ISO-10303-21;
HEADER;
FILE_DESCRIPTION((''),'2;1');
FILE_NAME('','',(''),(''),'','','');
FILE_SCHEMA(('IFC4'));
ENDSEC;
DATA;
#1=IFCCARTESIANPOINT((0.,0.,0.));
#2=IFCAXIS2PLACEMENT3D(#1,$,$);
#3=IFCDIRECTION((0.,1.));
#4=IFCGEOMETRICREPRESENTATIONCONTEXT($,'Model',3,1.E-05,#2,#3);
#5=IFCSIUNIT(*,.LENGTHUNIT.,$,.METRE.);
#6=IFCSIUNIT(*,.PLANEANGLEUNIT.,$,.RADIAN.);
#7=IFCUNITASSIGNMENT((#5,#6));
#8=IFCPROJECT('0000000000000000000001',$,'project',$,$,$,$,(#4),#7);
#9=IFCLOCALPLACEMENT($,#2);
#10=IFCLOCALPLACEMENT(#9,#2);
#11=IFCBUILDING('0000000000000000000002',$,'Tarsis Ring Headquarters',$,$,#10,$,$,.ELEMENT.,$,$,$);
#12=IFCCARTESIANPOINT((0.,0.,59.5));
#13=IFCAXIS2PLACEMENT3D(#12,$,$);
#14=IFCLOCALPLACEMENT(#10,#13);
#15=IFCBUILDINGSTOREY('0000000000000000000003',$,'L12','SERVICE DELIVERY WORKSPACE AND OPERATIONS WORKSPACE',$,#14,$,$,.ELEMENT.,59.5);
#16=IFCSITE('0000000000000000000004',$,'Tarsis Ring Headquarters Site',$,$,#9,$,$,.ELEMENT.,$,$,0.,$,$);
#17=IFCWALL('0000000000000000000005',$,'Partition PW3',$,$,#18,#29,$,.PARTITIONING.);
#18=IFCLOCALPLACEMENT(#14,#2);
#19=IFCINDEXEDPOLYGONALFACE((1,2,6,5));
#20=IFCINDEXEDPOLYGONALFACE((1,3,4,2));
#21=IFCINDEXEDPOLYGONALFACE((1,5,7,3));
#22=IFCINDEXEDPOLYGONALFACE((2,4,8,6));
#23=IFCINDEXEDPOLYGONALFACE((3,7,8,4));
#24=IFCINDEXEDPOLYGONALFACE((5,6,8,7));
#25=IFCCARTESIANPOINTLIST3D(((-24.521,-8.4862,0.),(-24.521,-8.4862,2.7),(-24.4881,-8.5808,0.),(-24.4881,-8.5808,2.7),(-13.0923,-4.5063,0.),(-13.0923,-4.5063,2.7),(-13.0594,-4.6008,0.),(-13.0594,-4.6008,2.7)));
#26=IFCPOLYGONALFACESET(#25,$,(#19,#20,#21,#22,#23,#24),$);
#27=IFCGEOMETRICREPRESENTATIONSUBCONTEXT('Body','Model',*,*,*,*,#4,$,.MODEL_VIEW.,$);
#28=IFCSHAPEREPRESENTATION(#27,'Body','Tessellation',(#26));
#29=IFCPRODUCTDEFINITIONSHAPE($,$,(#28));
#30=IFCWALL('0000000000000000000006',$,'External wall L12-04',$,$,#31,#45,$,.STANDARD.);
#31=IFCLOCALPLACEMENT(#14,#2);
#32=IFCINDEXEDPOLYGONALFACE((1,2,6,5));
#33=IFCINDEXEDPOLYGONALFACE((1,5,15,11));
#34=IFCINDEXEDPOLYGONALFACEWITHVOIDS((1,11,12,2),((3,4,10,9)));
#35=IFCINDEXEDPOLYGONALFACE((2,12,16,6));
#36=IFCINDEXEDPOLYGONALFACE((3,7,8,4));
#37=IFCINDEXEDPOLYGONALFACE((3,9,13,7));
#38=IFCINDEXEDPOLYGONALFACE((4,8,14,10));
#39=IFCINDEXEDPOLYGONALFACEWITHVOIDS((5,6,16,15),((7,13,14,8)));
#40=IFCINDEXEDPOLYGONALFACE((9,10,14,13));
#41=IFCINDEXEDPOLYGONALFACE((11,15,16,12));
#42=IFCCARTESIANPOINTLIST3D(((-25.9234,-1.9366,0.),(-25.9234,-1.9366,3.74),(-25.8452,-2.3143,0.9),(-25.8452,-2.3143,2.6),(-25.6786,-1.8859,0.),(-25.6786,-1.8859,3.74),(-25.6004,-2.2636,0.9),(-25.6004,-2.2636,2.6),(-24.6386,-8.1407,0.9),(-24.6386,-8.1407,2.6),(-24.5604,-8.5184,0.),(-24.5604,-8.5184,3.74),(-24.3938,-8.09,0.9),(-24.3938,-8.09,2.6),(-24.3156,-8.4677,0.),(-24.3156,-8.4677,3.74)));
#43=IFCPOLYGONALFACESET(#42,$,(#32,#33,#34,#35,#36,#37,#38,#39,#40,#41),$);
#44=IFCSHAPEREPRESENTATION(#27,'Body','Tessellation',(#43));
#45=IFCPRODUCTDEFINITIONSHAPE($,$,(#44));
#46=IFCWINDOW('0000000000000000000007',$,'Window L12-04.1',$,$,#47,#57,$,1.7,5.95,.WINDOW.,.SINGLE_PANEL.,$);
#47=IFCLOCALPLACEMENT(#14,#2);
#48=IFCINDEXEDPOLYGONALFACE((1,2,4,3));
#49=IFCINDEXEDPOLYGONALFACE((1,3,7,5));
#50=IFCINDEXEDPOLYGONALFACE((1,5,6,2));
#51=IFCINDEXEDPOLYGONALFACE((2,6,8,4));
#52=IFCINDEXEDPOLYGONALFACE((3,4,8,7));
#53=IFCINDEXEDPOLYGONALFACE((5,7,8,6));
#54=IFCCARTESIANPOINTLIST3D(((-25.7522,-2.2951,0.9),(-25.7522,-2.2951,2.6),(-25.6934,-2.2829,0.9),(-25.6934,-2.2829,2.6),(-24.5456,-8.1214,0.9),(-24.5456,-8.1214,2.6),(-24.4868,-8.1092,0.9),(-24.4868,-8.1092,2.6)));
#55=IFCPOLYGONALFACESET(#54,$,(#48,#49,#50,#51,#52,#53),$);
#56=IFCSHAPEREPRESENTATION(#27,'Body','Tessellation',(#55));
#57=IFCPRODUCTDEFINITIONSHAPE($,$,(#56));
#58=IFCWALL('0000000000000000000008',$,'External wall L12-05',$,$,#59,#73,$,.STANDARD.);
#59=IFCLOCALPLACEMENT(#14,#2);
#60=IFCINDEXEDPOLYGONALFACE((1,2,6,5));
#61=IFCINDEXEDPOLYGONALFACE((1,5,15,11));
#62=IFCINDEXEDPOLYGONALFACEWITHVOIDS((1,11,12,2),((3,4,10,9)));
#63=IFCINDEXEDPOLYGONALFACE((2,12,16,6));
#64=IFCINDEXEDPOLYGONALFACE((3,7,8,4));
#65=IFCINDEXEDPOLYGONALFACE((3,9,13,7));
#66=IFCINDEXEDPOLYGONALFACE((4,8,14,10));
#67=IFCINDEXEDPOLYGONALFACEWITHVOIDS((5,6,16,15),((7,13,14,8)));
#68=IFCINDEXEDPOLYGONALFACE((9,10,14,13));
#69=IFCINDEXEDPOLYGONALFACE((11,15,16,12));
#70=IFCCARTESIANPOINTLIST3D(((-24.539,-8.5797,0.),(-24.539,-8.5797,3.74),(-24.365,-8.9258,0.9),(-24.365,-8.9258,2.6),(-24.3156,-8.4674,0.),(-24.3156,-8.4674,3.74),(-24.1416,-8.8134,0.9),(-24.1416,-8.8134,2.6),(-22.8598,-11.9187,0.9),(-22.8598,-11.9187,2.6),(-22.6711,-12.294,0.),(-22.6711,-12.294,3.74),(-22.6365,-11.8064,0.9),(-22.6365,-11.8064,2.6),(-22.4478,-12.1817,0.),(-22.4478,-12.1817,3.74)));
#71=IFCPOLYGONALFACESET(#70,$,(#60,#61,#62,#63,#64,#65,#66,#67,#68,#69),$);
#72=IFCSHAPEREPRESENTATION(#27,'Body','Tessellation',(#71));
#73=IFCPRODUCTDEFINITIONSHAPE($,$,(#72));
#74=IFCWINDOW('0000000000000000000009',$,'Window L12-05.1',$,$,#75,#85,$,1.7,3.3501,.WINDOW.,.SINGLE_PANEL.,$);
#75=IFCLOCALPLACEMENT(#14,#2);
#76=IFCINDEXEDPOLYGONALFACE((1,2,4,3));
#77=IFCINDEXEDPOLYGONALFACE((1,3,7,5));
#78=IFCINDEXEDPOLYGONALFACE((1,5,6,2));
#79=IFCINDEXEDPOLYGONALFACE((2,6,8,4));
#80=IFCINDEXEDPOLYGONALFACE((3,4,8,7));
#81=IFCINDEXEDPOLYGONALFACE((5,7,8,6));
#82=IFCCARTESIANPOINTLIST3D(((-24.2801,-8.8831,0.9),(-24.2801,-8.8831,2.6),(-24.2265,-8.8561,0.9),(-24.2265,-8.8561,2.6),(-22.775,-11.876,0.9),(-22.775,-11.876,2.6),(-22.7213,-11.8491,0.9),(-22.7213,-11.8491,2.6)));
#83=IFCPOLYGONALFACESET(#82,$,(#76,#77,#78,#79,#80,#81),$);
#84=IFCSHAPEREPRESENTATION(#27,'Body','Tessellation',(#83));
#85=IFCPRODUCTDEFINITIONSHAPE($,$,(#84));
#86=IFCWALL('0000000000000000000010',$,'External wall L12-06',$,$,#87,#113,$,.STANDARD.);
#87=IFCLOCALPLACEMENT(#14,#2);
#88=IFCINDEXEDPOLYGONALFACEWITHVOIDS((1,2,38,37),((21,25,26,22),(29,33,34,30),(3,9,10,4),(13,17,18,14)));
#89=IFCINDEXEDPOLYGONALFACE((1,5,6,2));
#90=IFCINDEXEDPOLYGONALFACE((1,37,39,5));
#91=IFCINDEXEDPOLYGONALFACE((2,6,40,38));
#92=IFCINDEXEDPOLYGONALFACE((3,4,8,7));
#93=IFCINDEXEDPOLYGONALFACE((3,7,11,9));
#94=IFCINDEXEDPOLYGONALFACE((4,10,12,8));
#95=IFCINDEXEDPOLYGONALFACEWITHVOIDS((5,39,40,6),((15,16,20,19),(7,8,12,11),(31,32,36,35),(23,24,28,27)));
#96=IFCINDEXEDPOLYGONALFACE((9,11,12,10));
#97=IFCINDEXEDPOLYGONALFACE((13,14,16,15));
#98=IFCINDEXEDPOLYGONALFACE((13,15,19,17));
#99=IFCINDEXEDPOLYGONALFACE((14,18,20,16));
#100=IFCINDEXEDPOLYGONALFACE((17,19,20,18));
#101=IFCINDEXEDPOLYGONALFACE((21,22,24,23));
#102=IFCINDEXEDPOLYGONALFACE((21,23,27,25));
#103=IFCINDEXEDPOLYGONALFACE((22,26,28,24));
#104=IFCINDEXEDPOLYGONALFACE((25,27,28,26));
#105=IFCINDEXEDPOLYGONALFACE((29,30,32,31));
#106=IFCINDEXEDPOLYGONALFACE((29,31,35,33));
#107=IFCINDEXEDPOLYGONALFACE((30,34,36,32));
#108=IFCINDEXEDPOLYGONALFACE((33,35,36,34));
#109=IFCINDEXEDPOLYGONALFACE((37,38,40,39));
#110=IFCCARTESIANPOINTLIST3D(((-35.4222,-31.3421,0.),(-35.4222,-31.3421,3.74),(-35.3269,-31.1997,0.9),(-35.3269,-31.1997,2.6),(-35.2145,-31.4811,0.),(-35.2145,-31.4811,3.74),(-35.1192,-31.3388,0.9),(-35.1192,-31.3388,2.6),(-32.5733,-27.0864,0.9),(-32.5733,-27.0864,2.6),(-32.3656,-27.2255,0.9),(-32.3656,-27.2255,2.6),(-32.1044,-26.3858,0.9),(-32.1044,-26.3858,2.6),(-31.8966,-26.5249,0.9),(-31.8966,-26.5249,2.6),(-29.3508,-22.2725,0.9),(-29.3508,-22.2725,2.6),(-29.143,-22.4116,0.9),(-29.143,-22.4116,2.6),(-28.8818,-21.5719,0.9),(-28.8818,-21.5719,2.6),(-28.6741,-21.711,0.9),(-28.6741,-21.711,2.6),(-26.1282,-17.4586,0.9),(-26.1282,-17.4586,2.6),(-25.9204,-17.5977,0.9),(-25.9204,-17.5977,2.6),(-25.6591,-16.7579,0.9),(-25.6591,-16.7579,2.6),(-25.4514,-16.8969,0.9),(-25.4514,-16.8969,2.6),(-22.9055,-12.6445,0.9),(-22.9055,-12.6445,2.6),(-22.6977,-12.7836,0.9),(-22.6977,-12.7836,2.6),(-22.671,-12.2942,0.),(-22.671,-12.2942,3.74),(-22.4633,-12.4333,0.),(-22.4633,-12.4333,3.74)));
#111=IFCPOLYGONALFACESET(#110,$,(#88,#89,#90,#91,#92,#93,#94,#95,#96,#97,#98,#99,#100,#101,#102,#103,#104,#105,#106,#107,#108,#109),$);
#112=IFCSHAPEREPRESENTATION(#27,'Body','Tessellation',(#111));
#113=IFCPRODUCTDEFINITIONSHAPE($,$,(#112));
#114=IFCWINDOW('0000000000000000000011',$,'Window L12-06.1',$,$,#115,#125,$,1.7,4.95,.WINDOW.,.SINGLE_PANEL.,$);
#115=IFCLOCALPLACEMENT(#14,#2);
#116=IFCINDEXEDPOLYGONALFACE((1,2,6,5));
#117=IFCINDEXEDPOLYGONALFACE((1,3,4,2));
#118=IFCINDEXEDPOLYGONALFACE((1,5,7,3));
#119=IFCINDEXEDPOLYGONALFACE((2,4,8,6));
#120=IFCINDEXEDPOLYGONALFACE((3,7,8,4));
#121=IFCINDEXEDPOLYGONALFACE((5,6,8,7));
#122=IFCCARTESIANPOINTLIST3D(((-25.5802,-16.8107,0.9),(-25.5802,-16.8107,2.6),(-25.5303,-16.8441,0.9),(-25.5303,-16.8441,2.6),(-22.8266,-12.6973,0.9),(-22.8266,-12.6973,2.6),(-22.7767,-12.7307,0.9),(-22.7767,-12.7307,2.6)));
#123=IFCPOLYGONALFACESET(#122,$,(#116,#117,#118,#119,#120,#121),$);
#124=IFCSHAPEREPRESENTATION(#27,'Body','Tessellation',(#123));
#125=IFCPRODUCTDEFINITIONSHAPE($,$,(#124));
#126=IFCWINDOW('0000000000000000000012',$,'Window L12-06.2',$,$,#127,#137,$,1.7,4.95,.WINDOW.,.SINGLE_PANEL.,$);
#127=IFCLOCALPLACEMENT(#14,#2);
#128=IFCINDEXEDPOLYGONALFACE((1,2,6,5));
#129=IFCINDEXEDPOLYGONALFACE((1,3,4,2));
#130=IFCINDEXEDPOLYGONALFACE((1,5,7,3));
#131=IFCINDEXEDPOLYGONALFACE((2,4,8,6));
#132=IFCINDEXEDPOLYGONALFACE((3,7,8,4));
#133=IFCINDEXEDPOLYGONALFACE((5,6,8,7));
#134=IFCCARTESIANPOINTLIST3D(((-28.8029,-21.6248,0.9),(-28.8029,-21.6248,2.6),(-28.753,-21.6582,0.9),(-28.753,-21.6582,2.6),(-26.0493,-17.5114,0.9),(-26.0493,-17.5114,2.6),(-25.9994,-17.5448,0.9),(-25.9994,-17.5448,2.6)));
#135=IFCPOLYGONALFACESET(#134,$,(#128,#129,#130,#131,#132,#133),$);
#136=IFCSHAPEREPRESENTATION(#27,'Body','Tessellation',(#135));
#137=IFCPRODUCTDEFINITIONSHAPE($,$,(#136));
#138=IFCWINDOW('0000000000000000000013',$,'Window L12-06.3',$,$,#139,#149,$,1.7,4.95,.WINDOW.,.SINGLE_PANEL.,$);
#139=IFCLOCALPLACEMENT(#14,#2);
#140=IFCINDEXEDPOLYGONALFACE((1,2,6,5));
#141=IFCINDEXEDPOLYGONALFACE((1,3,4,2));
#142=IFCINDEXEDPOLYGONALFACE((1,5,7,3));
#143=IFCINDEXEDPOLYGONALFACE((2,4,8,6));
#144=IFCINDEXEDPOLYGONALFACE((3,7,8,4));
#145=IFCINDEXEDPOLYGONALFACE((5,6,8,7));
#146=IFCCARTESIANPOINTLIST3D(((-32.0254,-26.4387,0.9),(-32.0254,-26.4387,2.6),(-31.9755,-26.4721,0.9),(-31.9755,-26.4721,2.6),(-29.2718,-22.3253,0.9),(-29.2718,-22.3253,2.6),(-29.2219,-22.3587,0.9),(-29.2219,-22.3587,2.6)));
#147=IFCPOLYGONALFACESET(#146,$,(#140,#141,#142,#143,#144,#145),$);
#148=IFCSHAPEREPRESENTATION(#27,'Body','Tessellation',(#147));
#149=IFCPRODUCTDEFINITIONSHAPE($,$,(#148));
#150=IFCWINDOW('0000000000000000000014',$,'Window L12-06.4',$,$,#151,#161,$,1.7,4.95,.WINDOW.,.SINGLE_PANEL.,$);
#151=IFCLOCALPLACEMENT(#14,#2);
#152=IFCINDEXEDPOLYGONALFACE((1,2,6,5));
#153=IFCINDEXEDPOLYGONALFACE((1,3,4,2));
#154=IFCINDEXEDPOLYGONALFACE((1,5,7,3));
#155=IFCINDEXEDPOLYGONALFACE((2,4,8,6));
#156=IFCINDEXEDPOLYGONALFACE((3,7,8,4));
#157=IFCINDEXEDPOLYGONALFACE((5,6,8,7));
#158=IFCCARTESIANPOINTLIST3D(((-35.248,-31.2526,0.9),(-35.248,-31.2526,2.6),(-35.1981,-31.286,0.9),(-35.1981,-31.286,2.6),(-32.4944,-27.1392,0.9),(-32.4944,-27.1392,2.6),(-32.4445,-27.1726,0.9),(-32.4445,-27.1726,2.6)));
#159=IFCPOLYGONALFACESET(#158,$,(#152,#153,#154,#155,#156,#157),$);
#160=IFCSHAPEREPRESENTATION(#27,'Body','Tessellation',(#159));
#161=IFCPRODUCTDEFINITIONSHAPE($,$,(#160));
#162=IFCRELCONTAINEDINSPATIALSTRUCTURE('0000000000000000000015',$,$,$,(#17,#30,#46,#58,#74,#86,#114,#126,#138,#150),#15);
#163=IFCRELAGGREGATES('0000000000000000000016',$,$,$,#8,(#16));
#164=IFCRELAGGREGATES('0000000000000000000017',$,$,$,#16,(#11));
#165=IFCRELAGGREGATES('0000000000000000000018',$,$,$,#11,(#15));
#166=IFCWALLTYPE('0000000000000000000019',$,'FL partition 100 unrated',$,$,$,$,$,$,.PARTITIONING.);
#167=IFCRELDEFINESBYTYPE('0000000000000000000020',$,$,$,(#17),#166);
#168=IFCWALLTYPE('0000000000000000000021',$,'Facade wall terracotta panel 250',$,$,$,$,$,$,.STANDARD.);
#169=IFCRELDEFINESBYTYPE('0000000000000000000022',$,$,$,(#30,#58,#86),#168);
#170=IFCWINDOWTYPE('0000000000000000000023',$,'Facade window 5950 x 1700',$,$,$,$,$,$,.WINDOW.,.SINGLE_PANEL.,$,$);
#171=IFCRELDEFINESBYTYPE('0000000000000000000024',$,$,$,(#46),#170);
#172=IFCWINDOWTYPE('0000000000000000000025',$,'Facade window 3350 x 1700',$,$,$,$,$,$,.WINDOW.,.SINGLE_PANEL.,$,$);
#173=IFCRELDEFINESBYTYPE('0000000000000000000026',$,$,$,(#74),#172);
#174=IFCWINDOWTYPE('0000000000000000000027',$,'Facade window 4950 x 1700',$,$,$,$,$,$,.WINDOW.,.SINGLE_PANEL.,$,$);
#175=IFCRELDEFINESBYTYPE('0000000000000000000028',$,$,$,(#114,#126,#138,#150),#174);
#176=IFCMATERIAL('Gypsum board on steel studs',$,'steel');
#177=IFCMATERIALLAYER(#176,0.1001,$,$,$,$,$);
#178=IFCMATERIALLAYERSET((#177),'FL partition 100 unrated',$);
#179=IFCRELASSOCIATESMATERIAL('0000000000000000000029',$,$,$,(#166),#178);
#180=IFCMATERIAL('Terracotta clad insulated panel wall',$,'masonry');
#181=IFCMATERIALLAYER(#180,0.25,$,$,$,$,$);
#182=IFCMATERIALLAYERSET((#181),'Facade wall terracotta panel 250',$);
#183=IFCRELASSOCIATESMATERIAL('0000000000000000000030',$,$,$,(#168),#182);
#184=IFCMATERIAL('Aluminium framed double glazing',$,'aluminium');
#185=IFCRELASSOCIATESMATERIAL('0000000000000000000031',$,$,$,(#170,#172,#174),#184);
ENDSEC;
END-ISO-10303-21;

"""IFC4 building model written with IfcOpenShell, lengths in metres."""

from ifc_helpers import new_model, si_unit, direction, frame, frame_2d, origin, place, context, subcontext, project, spatial, rectangle, extrude, material, layer, layer_set, type_object, element, fill, save


model = new_model("IFC4")

# Units and contexts
model_context = context("Model", 3, precision=1e-05, world=origin(), true_north=direction((0.0, 1.0)))
body_context = subcontext(model_context, "Body", "Model", "MODEL_VIEW")
ifc_project = project(units=[si_unit("LENGTHUNIT", "METRE"), si_unit("PLANEANGLEUNIT", "RADIAN")], contexts=[model_context])

# Site, building, storey
site_placement = place(None, origin())
site = spatial("IfcSite", under=ifc_project, at=site_placement, Name="Tarsis Ring Headquarters Site", CompositionType="ELEMENT", RefElevation=0.0)
building_placement = place(site_placement, origin())
building = spatial("IfcBuilding", under=site, at=building_placement, Name="Tarsis Ring Headquarters", CompositionType="ELEMENT")
storey_placement = place(building_placement, frame((0.0, 0.0, 59.5)))
storey = spatial("IfcBuildingStorey", under=building, at=storey_placement, Name="L12", Description="SERVICE DELIVERY WORKSPACE AND OPERATIONS WORKSPACE", CompositionType="ELEMENT", Elevation=59.5)

# Wall
ifc_material_1 = material(Name="Gypsum board on steel studs", Category="steel")
ifc_layer_1 = layer(ifc_material_1, 0.1001)
ifc_layer_set_1 = layer_set([ifc_layer_1], Name="FL partition 100 unrated")
wall_type_1 = type_object("IfcWallType", Name="FL partition 100 unrated", PredefinedType="PARTITIONING", material=ifc_layer_set_1)
wall_1_placement = place(storey_placement, frame((-24.5044, -8.5334, 0.0), z_axis=(0.0, 0.0, 1.0), x_axis=(0.944374, 0.328873, 0.0)))
element("IfcWall", 1, at=wall_1_placement, inside=storey, type_object=wall_type_1, Name="Partition PW3", PredefinedType="PARTITIONING", context=body_context, shape_type="SweptSolid", body=[
    extrude(rectangle(XDim=12.1018, YDim=0.1001, at=frame_2d((6.0508, 0.0))), origin(), (0.0, 0.0, 1.0), 2.7),
])

# Walls, openings, windows
ifc_material_2 = material(Name="Terracotta clad insulated panel wall", Category="masonry")
ifc_layer_2 = layer(ifc_material_2, 0.25)
ifc_layer_set_2 = layer_set([ifc_layer_2], Name="Facade wall terracotta panel 250")
wall_type_2 = type_object("IfcWallType", Name="Facade wall terracotta panel 250", PredefinedType="STANDARD", material=ifc_layer_set_2)
wall_2_placement = place(storey_placement, frame((-25.801, -1.9111, 0.0), z_axis=(0.0, 0.0, 1.0), x_axis=(0.202789, -0.979222, 0.0)))
wall_2 = element("IfcWall", 2, at=wall_2_placement, inside=storey, type_object=wall_type_2, Name="External wall L12-04", PredefinedType="STANDARD", context=body_context, shape_type="SweptSolid", body=[
    extrude(rectangle(XDim=6.7214, YDim=0.25, at=frame_2d((3.3608, 0.0))), origin(), (0.0, 0.0, 1.0), 3.74),
])
opening_1_placement = place(wall_2_placement, frame((0.3857, 0.0, 0.8999)))
opening_1 = element("IfcOpeningElement", 3, at=opening_1_placement, cuts=wall_2, PredefinedType="OPENING", context=body_context, shape_type="SweptSolid", body=[
    extrude(rectangle(XDim=5.95, YDim=1.7, at=frame_2d((2.9751, 0.8501))), frame((0.0, 0.135, 0.0), z_axis=(0.0, -1.0, 0.0), x_axis=(1.0, 0.0, 0.0)), (0.0, 0.0, 1.0), 0.27),
])
ifc_material_3 = material(Name="Aluminium framed double glazing", Category="aluminium")
window_type_1 = type_object("IfcWindowType", Name="Facade window 5950 x 1700", PartitioningType="SINGLE_PANEL", PredefinedType="WINDOW", material=ifc_material_3)
window_1_placement = place(opening_1_placement, origin())
window_1 = element("IfcWindow", 4, at=window_1_placement, inside=storey, type_object=window_type_1, Name="Window L12-04.1", OverallHeight=1.7, OverallWidth=5.95, PartitioningType="SINGLE_PANEL", PredefinedType="WINDOW", context=body_context, shape_type="SweptSolid", body=[
    extrude(rectangle(XDim=5.95, YDim=1.7, at=frame_2d((2.9751, 0.8501))), frame((0.0, 0.03, 0.0), z_axis=(0.0, -1.0, 0.0), x_axis=(1.0, 0.0, 0.0)), (0.0, 0.0, 1.0), 0.0601),
])
fill(opening_1, window_1)
wall_3_placement = place(storey_placement, frame((-24.4272, -8.5237, 0.0), z_axis=(0.0, 0.0, 1.0), x_axis=(0.449279, -0.893391, 0.0)))
wall_3 = element("IfcWall", 5, at=wall_3_placement, inside=storey, type_object=wall_type_2, Name="External wall L12-05", PredefinedType="STANDARD", context=body_context, shape_type="SweptSolid", body=[
    extrude(rectangle(XDim=4.1575, YDim=0.25, at=frame_2d((2.0786, 0.0))), origin(), (0.0, 0.0, 1.0), 3.74),
])
opening_2_placement = place(wall_3_placement, frame((0.3872, 0.0, 0.8999)))
opening_2 = element("IfcOpeningElement", 6, at=opening_2_placement, cuts=wall_3, PredefinedType="OPENING", context=body_context, shape_type="SweptSolid", body=[
    extrude(rectangle(XDim=3.3501, YDim=1.7, at=frame_2d((1.675, 0.8501))), frame((0.0, 0.135, 0.0), z_axis=(0.0, -1.0, 0.0), x_axis=(1.0, 0.0, 0.0)), (0.0, 0.0, 1.0), 0.27),
])
window_type_2 = type_object("IfcWindowType", Name="Facade window 3350 x 1700", PartitioningType="SINGLE_PANEL", PredefinedType="WINDOW", material=ifc_material_3)
window_2_placement = place(opening_2_placement, origin())
window_2 = element("IfcWindow", 7, at=window_2_placement, inside=storey, type_object=window_type_2, Name="Window L12-05.1", OverallHeight=1.7, OverallWidth=3.3501, PartitioningType="SINGLE_PANEL", PredefinedType="WINDOW", context=body_context, shape_type="SweptSolid", body=[
    extrude(rectangle(XDim=3.3501, YDim=1.7, at=frame_2d((1.675, 0.8501))), frame((0.0, 0.03, 0.0), z_axis=(0.0, -1.0, 0.0), x_axis=(1.0, 0.0, 0.0)), (0.0, 0.0, 1.0), 0.0601),
])
fill(opening_2, window_2)

# Wall, openings, windows
wall_4_placement = place(storey_placement, frame((-22.5671, -12.3638, 0.0), z_axis=(0.0, 0.0, 1.0), x_axis=(-0.556289, -0.830989, 0.0)))
wall_4 = element("IfcWall", 8, at=wall_4_placement, inside=storey, type_object=wall_type_2, Name="External wall L12-06", PredefinedType="STANDARD", context=body_context, shape_type="SweptSolid", body=[
    extrude(rectangle(XDim=22.9219, YDim=0.25, at=frame_2d((11.4609, 0.0))), origin(), (0.0, 0.0, 1.0), 3.74),
])
opening_3_placement = place(wall_4_placement, frame((0.4214, 0.0, 0.8999)))
opening_3 = element("IfcOpeningElement", 9, at=opening_3_placement, cuts=wall_4, PredefinedType="OPENING", context=body_context, shape_type="SweptSolid", body=[
    extrude(rectangle(XDim=4.95, YDim=1.7, at=frame_2d((2.4751, 0.8501))), frame((0.0, 0.135, 0.0), z_axis=(0.0, -1.0, 0.0), x_axis=(1.0, 0.0, 0.0)), (0.0, 0.0, 1.0), 0.27),
])
opening_4_placement = place(wall_4_placement, frame((6.2146, 0.0, 0.8999)))
opening_4 = element("IfcOpeningElement", 10, at=opening_4_placement, cuts=wall_4, PredefinedType="OPENING", context=body_context, shape_type="SweptSolid", body=[
    extrude(rectangle(XDim=4.95, YDim=1.7, at=frame_2d((2.4751, 0.8501))), frame((0.0, 0.135, 0.0), z_axis=(0.0, -1.0, 0.0), x_axis=(1.0, 0.0, 0.0)), (0.0, 0.0, 1.0), 0.27),
])
opening_5_placement = place(wall_4_placement, frame((12.0076, 0.0, 0.8999)))
opening_5 = element("IfcOpeningElement", 11, at=opening_5_placement, cuts=wall_4, PredefinedType="OPENING", context=body_context, shape_type="SweptSolid", body=[
    extrude(rectangle(XDim=4.95, YDim=1.7, at=frame_2d((2.4751, 0.8501))), frame((0.0, 0.135, 0.0), z_axis=(0.0, -1.0, 0.0), x_axis=(1.0, 0.0, 0.0)), (0.0, 0.0, 1.0), 0.27),
])
opening_6_placement = place(wall_4_placement, frame((17.8005, 0.0, 0.8999)))
opening_6 = element("IfcOpeningElement", 12, at=opening_6_placement, cuts=wall_4, PredefinedType="OPENING", context=body_context, shape_type="SweptSolid", body=[
    extrude(rectangle(XDim=4.95, YDim=1.7, at=frame_2d((2.4751, 0.8501))), frame((0.0, 0.135, 0.0), z_axis=(0.0, -1.0, 0.0), x_axis=(1.0, 0.0, 0.0)), (0.0, 0.0, 1.0), 0.27),
])
window_type_3 = type_object("IfcWindowType", Name="Facade window 4950 x 1700", PartitioningType="SINGLE_PANEL", PredefinedType="WINDOW", material=ifc_material_3)
window_3_placement = place(opening_3_placement, origin())
window_3 = element("IfcWindow", 13, at=window_3_placement, inside=storey, type_object=window_type_3, Name="Window L12-06.1", OverallHeight=1.7, OverallWidth=4.95, PartitioningType="SINGLE_PANEL", PredefinedType="WINDOW", context=body_context, shape_type="SweptSolid", body=[
    extrude(rectangle(XDim=4.95, YDim=1.7, at=frame_2d((2.4751, 0.8501))), frame((0.0, 0.03, 0.0), z_axis=(0.0, -1.0, 0.0), x_axis=(1.0, 0.0, 0.0)), (0.0, 0.0, 1.0), 0.0601),
])
fill(opening_3, window_3)
window_4_placement = place(opening_4_placement, origin())
window_4 = element("IfcWindow", 14, at=window_4_placement, inside=storey, type_object=window_type_3, Name="Window L12-06.2", OverallHeight=1.7, OverallWidth=4.95, PartitioningType="SINGLE_PANEL", PredefinedType="WINDOW", context=body_context, shape_type="SweptSolid", body=[
    extrude(rectangle(XDim=4.95, YDim=1.7, at=frame_2d((2.4751, 0.8501))), frame((0.0, 0.03, 0.0), z_axis=(0.0, -1.0, 0.0), x_axis=(1.0, 0.0, 0.0)), (0.0, 0.0, 1.0), 0.0601),
])
fill(opening_4, window_4)
window_5_placement = place(opening_5_placement, origin())
window_5 = element("IfcWindow", 15, at=window_5_placement, inside=storey, type_object=window_type_3, Name="Window L12-06.3", OverallHeight=1.7, OverallWidth=4.95, PartitioningType="SINGLE_PANEL", PredefinedType="WINDOW", context=body_context, shape_type="SweptSolid", body=[
    extrude(rectangle(XDim=4.95, YDim=1.7, at=frame_2d((2.4751, 0.8501))), frame((0.0, 0.03, 0.0), z_axis=(0.0, -1.0, 0.0), x_axis=(1.0, 0.0, 0.0)), (0.0, 0.0, 1.0), 0.0601),
])
fill(opening_5, window_5)
window_6_placement = place(opening_6_placement, origin())
window_6 = element("IfcWindow", 16, at=window_6_placement, inside=storey, type_object=window_type_3, Name="Window L12-06.4", OverallHeight=1.7, OverallWidth=4.95, PartitioningType="SINGLE_PANEL", PredefinedType="WINDOW", context=body_context, shape_type="SweptSolid", body=[
    extrude(rectangle(XDim=4.95, YDim=1.7, at=frame_2d((2.4751, 0.8501))), frame((0.0, 0.03, 0.0), z_axis=(0.0, -1.0, 0.0), x_axis=(1.0, 0.0, 0.0)), (0.0, 0.0, 1.0), 0.0601),
])
fill(opening_6, window_6)

save(model, "model.ifc")
